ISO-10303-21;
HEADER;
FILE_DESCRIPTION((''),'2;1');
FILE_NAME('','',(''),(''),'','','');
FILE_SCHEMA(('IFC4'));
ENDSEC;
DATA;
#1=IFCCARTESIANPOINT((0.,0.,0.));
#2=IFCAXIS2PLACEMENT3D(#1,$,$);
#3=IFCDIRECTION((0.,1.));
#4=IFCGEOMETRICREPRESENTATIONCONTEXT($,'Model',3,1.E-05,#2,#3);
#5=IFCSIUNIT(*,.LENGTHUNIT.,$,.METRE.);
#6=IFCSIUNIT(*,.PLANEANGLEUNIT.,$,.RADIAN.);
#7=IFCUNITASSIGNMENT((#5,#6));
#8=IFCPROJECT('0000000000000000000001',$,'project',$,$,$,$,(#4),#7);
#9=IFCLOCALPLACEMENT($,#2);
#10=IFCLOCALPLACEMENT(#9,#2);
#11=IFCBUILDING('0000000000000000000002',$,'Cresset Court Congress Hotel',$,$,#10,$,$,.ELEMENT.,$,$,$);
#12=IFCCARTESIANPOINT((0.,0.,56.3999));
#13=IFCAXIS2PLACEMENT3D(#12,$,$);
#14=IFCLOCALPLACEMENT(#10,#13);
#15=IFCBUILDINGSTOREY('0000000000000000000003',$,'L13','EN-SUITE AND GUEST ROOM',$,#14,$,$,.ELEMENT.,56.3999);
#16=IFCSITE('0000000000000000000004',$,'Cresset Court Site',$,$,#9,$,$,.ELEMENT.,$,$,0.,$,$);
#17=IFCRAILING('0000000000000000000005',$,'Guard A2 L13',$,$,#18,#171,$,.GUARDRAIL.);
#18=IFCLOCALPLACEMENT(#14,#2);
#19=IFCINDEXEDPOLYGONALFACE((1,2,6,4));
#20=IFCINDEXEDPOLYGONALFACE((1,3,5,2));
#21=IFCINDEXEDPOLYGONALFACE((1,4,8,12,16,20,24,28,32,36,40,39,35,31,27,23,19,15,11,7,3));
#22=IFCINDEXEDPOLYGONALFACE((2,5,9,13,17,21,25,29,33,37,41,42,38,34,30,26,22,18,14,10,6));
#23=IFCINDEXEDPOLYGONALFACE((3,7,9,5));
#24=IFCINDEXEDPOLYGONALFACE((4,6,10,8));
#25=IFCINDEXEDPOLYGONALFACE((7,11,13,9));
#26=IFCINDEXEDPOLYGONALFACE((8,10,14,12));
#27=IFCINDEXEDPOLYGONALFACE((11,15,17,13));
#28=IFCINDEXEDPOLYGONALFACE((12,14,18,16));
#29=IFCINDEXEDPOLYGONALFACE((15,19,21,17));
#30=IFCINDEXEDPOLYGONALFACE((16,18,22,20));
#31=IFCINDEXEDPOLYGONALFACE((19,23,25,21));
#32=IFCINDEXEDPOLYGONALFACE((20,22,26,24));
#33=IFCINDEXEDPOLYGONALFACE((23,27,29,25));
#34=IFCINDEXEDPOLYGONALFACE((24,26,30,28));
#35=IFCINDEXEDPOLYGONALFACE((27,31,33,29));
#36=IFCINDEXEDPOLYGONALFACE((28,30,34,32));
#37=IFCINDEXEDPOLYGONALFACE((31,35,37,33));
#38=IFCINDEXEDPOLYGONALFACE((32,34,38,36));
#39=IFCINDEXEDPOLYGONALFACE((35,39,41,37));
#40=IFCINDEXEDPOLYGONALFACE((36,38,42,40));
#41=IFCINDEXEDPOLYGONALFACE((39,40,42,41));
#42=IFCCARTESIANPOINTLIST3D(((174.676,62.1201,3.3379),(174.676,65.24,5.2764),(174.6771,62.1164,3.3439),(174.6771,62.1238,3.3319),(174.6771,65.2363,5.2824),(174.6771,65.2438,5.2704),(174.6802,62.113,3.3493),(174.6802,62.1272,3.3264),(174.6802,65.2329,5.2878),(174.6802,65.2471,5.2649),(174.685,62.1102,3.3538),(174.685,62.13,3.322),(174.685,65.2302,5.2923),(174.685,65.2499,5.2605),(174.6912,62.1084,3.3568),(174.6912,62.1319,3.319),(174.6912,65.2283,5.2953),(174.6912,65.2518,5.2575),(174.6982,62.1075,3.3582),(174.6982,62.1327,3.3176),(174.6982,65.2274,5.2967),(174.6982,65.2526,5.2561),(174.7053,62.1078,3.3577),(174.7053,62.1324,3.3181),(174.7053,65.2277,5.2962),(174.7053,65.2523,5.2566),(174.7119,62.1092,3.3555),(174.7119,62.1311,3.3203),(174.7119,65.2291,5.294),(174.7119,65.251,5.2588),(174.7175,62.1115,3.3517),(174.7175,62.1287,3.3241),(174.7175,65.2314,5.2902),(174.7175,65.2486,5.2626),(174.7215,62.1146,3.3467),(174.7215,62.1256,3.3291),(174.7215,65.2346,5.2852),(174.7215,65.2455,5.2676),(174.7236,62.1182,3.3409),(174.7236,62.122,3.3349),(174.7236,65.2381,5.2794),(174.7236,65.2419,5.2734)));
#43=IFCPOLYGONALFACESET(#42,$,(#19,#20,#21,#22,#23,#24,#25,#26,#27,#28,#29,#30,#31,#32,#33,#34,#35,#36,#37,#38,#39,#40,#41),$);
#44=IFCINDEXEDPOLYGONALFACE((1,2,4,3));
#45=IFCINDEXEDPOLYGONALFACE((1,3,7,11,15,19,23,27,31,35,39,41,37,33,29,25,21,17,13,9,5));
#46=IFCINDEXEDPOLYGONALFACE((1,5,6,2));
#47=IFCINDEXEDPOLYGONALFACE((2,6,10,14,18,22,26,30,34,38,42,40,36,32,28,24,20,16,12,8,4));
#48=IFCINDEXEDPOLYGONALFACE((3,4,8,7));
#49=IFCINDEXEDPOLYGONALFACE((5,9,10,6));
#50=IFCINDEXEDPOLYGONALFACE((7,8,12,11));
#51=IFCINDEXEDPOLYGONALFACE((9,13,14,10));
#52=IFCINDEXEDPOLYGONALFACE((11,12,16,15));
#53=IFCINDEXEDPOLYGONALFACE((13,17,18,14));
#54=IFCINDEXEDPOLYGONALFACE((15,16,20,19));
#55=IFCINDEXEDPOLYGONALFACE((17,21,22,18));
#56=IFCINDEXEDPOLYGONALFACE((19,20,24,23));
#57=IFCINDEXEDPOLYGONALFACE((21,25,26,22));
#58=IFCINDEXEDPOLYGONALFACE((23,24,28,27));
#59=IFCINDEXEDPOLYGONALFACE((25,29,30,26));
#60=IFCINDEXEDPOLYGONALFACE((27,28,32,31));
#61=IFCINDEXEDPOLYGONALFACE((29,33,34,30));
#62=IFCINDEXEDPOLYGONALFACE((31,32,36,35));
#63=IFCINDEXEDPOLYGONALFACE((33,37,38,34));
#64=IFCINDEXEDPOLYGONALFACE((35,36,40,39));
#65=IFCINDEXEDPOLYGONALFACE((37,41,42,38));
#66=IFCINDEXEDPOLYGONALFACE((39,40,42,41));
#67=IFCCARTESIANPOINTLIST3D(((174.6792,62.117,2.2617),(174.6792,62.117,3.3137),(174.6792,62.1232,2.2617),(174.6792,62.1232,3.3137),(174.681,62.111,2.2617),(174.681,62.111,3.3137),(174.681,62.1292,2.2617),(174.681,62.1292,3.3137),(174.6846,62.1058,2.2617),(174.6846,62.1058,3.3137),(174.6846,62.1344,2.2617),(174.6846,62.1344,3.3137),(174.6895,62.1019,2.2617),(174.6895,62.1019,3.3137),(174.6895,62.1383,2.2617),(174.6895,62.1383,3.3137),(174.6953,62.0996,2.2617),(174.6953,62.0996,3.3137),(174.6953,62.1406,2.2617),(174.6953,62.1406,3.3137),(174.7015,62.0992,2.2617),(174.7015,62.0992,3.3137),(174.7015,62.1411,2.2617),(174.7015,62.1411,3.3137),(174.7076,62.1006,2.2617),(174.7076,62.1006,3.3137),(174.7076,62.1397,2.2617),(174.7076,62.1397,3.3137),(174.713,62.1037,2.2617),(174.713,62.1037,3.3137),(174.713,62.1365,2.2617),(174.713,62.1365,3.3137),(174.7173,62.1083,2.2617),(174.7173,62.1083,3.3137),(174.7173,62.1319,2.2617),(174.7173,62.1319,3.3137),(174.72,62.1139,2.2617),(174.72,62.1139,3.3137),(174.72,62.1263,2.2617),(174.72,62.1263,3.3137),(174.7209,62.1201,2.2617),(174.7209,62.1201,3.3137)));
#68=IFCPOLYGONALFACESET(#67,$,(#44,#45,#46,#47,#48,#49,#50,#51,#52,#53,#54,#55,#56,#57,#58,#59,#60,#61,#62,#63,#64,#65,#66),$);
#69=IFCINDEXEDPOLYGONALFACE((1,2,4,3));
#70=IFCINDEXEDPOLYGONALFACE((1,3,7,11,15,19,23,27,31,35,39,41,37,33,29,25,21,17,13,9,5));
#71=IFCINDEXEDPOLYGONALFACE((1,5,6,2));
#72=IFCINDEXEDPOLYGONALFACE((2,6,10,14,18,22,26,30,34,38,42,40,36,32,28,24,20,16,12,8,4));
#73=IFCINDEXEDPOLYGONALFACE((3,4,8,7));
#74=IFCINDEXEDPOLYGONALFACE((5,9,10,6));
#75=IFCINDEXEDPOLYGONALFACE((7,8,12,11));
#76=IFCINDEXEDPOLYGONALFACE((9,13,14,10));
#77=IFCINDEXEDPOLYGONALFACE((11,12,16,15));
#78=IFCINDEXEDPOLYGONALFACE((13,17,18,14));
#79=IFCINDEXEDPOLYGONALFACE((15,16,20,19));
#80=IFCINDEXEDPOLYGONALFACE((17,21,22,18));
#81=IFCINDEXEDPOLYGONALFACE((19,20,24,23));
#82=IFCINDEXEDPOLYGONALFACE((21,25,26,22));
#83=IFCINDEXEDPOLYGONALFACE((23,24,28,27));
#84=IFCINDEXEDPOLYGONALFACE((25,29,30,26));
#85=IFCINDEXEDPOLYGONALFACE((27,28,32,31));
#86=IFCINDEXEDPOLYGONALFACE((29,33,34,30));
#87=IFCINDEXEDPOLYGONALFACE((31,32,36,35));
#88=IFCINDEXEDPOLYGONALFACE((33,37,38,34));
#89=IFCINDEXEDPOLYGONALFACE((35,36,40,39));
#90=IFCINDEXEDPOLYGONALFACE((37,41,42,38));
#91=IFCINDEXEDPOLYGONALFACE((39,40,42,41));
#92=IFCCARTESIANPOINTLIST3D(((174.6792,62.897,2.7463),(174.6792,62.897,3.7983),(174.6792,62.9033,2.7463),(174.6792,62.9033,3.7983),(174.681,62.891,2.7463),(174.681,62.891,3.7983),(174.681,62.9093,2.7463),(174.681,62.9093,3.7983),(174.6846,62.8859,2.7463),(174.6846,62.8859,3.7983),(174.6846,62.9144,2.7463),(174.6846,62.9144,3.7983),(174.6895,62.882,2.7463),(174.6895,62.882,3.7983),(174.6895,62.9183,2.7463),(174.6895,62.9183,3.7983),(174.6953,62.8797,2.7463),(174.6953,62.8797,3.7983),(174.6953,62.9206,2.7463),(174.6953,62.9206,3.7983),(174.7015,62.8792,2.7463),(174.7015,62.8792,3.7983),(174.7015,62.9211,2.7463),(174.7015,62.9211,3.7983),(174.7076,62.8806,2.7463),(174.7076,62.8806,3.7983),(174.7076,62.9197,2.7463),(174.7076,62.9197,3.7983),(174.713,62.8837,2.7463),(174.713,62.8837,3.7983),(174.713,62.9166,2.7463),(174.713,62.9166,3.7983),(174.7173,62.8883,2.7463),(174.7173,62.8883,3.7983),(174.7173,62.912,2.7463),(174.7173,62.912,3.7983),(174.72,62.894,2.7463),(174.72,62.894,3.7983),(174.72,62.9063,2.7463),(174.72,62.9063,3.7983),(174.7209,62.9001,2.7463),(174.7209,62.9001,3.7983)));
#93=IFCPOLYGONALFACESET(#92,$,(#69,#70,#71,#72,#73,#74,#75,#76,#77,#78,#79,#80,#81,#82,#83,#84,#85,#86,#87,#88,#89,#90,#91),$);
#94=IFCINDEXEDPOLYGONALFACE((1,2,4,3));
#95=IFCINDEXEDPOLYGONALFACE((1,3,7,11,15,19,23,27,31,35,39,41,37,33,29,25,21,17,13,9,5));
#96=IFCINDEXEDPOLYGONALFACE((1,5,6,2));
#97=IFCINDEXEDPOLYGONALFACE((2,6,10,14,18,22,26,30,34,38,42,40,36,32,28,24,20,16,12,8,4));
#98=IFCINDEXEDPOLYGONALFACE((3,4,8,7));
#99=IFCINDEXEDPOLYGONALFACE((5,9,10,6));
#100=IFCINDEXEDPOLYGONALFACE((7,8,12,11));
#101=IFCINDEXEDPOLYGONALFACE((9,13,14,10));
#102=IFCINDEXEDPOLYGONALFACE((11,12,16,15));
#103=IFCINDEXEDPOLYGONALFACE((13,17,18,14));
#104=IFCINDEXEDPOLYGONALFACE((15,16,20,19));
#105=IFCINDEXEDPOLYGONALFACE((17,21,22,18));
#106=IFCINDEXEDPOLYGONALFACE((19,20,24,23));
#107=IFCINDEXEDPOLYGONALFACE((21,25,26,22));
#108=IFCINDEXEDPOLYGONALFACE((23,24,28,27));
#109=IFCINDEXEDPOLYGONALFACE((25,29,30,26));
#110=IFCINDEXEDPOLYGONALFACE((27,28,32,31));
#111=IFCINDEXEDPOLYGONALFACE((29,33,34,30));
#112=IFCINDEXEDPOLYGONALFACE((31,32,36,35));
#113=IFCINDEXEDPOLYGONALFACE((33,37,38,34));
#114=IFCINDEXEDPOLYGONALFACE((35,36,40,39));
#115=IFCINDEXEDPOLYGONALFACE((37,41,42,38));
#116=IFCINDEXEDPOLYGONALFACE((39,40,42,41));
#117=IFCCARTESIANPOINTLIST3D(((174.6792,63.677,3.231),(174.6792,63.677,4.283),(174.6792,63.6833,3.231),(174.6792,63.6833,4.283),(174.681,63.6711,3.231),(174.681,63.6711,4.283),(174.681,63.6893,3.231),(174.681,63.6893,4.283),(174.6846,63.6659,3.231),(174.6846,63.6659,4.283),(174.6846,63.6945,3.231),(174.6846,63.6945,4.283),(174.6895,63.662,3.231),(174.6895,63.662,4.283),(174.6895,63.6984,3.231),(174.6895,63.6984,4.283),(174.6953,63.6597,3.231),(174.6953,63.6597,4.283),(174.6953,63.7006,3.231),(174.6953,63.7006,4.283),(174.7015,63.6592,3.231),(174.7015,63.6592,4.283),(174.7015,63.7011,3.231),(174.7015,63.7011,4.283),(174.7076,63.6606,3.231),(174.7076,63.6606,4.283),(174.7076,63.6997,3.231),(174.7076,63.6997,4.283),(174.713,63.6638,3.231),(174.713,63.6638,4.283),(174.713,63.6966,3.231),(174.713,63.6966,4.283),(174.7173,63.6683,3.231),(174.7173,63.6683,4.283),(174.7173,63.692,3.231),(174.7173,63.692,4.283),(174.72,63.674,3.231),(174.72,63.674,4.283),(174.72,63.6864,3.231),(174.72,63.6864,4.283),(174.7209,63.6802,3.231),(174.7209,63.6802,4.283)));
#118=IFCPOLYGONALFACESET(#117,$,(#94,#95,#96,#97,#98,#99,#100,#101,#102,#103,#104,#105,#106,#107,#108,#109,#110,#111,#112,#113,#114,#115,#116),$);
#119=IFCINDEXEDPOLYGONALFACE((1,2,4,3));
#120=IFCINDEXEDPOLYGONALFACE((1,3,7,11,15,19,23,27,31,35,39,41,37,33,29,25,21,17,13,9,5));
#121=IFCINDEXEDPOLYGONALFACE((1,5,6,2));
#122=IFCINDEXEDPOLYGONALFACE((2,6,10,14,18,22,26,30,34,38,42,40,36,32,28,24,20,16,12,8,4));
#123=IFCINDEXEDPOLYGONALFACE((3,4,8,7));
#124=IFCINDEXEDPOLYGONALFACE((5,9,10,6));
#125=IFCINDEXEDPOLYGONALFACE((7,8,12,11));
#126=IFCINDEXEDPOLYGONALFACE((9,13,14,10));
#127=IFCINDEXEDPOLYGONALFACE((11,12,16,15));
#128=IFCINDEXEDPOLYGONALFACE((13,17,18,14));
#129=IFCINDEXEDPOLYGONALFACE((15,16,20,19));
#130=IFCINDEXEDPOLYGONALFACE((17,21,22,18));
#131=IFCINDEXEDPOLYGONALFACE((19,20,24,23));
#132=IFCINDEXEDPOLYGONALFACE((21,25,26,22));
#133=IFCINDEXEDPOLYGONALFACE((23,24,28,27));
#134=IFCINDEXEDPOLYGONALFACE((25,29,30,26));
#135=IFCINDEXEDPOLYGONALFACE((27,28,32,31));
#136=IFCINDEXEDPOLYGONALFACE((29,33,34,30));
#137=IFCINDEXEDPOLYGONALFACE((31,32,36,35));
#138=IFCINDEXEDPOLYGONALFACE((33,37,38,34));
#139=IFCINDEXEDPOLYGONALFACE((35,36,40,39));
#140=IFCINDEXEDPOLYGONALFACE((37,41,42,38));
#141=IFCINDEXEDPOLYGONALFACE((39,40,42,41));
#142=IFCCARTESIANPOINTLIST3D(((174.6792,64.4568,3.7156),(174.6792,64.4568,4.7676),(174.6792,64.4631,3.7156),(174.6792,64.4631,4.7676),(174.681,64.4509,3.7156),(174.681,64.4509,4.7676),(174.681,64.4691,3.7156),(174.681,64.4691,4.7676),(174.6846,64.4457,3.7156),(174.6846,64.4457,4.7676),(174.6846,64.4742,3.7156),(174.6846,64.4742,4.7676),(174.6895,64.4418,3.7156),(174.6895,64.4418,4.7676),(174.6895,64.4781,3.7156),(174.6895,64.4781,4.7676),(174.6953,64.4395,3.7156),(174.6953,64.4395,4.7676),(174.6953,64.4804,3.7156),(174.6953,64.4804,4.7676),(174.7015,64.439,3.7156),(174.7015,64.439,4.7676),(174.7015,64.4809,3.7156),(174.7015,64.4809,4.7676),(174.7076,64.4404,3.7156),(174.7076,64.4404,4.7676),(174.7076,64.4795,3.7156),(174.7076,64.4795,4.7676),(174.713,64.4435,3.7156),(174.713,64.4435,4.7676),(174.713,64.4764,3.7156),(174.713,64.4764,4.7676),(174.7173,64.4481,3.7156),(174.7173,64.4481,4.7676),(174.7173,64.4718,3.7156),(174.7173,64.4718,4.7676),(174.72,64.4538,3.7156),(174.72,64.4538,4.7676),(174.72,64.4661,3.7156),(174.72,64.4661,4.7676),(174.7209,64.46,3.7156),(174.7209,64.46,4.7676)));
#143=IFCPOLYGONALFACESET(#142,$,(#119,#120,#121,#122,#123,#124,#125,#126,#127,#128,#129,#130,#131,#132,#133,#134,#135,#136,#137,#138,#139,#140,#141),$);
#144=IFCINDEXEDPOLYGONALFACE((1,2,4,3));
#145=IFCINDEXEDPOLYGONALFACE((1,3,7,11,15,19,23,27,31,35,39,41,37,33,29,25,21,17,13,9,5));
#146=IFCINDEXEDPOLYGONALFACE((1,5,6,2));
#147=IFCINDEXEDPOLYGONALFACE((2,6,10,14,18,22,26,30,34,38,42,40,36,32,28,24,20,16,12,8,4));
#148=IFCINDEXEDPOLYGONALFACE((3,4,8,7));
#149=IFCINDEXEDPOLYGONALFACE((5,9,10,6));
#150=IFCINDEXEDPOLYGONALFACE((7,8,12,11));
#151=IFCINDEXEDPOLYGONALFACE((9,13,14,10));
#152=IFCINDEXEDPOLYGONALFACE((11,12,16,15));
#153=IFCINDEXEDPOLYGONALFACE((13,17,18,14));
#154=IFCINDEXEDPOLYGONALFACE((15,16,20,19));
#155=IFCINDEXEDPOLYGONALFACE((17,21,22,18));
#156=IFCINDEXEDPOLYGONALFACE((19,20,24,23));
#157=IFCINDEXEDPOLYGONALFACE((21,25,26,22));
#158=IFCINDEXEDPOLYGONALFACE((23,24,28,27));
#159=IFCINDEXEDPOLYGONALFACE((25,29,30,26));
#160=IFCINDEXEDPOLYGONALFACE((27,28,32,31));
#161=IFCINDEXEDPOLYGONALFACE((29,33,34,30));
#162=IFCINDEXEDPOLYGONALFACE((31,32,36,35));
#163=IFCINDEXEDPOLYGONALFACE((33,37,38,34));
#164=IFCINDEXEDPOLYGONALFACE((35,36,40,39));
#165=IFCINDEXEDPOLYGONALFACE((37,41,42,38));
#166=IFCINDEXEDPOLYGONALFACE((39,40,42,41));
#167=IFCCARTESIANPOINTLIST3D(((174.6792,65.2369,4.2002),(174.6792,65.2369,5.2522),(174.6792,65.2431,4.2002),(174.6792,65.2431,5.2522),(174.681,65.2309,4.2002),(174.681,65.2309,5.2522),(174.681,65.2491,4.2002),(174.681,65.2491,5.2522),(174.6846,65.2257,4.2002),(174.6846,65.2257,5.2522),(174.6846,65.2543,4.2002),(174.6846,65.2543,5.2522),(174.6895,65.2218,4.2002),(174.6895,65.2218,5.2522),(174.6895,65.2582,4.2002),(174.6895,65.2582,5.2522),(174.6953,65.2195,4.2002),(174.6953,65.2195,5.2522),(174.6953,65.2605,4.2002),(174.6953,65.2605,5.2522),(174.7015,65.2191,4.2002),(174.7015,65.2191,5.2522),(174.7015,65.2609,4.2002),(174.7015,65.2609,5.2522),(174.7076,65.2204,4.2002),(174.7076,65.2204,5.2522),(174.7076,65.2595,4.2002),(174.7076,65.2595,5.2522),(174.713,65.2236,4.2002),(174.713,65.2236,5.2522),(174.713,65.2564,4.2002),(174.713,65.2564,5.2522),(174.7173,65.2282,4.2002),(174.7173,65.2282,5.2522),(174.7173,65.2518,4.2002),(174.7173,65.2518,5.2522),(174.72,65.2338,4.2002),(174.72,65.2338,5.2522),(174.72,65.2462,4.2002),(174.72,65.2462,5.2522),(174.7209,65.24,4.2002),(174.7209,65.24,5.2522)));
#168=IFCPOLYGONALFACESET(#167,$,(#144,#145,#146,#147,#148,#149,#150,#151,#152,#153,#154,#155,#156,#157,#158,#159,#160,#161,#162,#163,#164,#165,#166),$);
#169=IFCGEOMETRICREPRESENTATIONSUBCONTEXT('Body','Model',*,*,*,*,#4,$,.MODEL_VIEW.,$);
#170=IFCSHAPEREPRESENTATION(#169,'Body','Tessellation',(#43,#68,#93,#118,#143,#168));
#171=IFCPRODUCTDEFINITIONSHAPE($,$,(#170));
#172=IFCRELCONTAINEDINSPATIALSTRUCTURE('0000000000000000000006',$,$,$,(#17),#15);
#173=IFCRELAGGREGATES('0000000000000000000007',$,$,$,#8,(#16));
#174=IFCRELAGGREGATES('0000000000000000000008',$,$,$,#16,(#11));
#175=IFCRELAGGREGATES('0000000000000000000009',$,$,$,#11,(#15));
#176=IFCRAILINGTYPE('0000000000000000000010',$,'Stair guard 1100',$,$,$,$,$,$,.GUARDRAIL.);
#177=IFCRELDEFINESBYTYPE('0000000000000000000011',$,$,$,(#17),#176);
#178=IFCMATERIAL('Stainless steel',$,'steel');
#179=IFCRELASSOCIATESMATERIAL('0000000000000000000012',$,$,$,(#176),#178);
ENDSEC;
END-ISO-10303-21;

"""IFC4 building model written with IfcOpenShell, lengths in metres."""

from ifc_helpers import new_model, si_unit, direction, frame, origin, origin_2d, place, context, subcontext, project, spatial, circle, extrude, material, type_object, element, save


model = new_model("IFC4")

# Units and contexts
model_context = context("Model", 3, precision=1e-05, world=origin(), true_north=direction((0.0, 1.0)))
body_context = subcontext(model_context, "Body", "Model", "MODEL_VIEW")
ifc_project = project(units=[si_unit("LENGTHUNIT", "METRE"), si_unit("PLANEANGLEUNIT", "RADIAN")], contexts=[model_context])

# Site, building, storey
site_placement = place(None, origin())
site = spatial("IfcSite", under=ifc_project, at=site_placement, Name="Cresset Court Site", CompositionType="ELEMENT", RefElevation=0.0)
building_placement = place(site_placement, origin())
building = spatial("IfcBuilding", under=site, at=building_placement, Name="Cresset Court Congress Hotel", CompositionType="ELEMENT")
storey_placement = place(building_placement, frame((0.0, 0.0, 56.3999)))
storey = spatial("IfcBuildingStorey", under=building, at=storey_placement, Name="L13", Description="EN-SUITE AND GUEST ROOM", CompositionType="ELEMENT", Elevation=56.3999)

# Railing
ifc_material_1 = material(Name="Stainless steel", Category="steel")
railing_type_1 = type_object("IfcRailingType", Name="Stair guard 1100", PredefinedType="GUARDRAIL", material=ifc_material_1)
railing_1_placement = place(storey_placement, frame((174.7, 62.1201, 2.2617)))
element("IfcRailing", 1, at=railing_1_placement, inside=storey, type_object=railing_type_1, Name="Guard A2 L13", PredefinedType="GUARDRAIL", context=body_context, shape_type="SweptSolid", body=[
    extrude(circle(Radius=0.0239, at=origin_2d()), frame((0.0, 0.0, 1.0762), z_axis=(0.0, 0.849396, 0.527757), x_axis=(-1.0, 0.0, 0.0)), (0.0, 0.0, 1.0), 3.6731),
    extrude(circle(Radius=0.021, at=origin_2d()), origin(), (0.0, 0.0, 1.0), 1.052),
    extrude(circle(Radius=0.021, at=origin_2d()), frame((0.0, 0.78, 0.4846)), (0.0, 0.0, 1.0), 1.052),
    extrude(circle(Radius=0.021, at=origin_2d()), frame((0.0, 1.5601, 0.9692)), (0.0, 0.0, 1.0), 1.052),
    extrude(circle(Radius=0.021, at=origin_2d()), frame((0.0, 2.3398, 1.4539)), (0.0, 0.0, 1.0), 1.052),
    extrude(circle(Radius=0.021, at=origin_2d()), frame((0.0, 3.1199, 1.9385)), (0.0, 0.0, 1.0), 1.052),
])

save(model, "model.ifc")
